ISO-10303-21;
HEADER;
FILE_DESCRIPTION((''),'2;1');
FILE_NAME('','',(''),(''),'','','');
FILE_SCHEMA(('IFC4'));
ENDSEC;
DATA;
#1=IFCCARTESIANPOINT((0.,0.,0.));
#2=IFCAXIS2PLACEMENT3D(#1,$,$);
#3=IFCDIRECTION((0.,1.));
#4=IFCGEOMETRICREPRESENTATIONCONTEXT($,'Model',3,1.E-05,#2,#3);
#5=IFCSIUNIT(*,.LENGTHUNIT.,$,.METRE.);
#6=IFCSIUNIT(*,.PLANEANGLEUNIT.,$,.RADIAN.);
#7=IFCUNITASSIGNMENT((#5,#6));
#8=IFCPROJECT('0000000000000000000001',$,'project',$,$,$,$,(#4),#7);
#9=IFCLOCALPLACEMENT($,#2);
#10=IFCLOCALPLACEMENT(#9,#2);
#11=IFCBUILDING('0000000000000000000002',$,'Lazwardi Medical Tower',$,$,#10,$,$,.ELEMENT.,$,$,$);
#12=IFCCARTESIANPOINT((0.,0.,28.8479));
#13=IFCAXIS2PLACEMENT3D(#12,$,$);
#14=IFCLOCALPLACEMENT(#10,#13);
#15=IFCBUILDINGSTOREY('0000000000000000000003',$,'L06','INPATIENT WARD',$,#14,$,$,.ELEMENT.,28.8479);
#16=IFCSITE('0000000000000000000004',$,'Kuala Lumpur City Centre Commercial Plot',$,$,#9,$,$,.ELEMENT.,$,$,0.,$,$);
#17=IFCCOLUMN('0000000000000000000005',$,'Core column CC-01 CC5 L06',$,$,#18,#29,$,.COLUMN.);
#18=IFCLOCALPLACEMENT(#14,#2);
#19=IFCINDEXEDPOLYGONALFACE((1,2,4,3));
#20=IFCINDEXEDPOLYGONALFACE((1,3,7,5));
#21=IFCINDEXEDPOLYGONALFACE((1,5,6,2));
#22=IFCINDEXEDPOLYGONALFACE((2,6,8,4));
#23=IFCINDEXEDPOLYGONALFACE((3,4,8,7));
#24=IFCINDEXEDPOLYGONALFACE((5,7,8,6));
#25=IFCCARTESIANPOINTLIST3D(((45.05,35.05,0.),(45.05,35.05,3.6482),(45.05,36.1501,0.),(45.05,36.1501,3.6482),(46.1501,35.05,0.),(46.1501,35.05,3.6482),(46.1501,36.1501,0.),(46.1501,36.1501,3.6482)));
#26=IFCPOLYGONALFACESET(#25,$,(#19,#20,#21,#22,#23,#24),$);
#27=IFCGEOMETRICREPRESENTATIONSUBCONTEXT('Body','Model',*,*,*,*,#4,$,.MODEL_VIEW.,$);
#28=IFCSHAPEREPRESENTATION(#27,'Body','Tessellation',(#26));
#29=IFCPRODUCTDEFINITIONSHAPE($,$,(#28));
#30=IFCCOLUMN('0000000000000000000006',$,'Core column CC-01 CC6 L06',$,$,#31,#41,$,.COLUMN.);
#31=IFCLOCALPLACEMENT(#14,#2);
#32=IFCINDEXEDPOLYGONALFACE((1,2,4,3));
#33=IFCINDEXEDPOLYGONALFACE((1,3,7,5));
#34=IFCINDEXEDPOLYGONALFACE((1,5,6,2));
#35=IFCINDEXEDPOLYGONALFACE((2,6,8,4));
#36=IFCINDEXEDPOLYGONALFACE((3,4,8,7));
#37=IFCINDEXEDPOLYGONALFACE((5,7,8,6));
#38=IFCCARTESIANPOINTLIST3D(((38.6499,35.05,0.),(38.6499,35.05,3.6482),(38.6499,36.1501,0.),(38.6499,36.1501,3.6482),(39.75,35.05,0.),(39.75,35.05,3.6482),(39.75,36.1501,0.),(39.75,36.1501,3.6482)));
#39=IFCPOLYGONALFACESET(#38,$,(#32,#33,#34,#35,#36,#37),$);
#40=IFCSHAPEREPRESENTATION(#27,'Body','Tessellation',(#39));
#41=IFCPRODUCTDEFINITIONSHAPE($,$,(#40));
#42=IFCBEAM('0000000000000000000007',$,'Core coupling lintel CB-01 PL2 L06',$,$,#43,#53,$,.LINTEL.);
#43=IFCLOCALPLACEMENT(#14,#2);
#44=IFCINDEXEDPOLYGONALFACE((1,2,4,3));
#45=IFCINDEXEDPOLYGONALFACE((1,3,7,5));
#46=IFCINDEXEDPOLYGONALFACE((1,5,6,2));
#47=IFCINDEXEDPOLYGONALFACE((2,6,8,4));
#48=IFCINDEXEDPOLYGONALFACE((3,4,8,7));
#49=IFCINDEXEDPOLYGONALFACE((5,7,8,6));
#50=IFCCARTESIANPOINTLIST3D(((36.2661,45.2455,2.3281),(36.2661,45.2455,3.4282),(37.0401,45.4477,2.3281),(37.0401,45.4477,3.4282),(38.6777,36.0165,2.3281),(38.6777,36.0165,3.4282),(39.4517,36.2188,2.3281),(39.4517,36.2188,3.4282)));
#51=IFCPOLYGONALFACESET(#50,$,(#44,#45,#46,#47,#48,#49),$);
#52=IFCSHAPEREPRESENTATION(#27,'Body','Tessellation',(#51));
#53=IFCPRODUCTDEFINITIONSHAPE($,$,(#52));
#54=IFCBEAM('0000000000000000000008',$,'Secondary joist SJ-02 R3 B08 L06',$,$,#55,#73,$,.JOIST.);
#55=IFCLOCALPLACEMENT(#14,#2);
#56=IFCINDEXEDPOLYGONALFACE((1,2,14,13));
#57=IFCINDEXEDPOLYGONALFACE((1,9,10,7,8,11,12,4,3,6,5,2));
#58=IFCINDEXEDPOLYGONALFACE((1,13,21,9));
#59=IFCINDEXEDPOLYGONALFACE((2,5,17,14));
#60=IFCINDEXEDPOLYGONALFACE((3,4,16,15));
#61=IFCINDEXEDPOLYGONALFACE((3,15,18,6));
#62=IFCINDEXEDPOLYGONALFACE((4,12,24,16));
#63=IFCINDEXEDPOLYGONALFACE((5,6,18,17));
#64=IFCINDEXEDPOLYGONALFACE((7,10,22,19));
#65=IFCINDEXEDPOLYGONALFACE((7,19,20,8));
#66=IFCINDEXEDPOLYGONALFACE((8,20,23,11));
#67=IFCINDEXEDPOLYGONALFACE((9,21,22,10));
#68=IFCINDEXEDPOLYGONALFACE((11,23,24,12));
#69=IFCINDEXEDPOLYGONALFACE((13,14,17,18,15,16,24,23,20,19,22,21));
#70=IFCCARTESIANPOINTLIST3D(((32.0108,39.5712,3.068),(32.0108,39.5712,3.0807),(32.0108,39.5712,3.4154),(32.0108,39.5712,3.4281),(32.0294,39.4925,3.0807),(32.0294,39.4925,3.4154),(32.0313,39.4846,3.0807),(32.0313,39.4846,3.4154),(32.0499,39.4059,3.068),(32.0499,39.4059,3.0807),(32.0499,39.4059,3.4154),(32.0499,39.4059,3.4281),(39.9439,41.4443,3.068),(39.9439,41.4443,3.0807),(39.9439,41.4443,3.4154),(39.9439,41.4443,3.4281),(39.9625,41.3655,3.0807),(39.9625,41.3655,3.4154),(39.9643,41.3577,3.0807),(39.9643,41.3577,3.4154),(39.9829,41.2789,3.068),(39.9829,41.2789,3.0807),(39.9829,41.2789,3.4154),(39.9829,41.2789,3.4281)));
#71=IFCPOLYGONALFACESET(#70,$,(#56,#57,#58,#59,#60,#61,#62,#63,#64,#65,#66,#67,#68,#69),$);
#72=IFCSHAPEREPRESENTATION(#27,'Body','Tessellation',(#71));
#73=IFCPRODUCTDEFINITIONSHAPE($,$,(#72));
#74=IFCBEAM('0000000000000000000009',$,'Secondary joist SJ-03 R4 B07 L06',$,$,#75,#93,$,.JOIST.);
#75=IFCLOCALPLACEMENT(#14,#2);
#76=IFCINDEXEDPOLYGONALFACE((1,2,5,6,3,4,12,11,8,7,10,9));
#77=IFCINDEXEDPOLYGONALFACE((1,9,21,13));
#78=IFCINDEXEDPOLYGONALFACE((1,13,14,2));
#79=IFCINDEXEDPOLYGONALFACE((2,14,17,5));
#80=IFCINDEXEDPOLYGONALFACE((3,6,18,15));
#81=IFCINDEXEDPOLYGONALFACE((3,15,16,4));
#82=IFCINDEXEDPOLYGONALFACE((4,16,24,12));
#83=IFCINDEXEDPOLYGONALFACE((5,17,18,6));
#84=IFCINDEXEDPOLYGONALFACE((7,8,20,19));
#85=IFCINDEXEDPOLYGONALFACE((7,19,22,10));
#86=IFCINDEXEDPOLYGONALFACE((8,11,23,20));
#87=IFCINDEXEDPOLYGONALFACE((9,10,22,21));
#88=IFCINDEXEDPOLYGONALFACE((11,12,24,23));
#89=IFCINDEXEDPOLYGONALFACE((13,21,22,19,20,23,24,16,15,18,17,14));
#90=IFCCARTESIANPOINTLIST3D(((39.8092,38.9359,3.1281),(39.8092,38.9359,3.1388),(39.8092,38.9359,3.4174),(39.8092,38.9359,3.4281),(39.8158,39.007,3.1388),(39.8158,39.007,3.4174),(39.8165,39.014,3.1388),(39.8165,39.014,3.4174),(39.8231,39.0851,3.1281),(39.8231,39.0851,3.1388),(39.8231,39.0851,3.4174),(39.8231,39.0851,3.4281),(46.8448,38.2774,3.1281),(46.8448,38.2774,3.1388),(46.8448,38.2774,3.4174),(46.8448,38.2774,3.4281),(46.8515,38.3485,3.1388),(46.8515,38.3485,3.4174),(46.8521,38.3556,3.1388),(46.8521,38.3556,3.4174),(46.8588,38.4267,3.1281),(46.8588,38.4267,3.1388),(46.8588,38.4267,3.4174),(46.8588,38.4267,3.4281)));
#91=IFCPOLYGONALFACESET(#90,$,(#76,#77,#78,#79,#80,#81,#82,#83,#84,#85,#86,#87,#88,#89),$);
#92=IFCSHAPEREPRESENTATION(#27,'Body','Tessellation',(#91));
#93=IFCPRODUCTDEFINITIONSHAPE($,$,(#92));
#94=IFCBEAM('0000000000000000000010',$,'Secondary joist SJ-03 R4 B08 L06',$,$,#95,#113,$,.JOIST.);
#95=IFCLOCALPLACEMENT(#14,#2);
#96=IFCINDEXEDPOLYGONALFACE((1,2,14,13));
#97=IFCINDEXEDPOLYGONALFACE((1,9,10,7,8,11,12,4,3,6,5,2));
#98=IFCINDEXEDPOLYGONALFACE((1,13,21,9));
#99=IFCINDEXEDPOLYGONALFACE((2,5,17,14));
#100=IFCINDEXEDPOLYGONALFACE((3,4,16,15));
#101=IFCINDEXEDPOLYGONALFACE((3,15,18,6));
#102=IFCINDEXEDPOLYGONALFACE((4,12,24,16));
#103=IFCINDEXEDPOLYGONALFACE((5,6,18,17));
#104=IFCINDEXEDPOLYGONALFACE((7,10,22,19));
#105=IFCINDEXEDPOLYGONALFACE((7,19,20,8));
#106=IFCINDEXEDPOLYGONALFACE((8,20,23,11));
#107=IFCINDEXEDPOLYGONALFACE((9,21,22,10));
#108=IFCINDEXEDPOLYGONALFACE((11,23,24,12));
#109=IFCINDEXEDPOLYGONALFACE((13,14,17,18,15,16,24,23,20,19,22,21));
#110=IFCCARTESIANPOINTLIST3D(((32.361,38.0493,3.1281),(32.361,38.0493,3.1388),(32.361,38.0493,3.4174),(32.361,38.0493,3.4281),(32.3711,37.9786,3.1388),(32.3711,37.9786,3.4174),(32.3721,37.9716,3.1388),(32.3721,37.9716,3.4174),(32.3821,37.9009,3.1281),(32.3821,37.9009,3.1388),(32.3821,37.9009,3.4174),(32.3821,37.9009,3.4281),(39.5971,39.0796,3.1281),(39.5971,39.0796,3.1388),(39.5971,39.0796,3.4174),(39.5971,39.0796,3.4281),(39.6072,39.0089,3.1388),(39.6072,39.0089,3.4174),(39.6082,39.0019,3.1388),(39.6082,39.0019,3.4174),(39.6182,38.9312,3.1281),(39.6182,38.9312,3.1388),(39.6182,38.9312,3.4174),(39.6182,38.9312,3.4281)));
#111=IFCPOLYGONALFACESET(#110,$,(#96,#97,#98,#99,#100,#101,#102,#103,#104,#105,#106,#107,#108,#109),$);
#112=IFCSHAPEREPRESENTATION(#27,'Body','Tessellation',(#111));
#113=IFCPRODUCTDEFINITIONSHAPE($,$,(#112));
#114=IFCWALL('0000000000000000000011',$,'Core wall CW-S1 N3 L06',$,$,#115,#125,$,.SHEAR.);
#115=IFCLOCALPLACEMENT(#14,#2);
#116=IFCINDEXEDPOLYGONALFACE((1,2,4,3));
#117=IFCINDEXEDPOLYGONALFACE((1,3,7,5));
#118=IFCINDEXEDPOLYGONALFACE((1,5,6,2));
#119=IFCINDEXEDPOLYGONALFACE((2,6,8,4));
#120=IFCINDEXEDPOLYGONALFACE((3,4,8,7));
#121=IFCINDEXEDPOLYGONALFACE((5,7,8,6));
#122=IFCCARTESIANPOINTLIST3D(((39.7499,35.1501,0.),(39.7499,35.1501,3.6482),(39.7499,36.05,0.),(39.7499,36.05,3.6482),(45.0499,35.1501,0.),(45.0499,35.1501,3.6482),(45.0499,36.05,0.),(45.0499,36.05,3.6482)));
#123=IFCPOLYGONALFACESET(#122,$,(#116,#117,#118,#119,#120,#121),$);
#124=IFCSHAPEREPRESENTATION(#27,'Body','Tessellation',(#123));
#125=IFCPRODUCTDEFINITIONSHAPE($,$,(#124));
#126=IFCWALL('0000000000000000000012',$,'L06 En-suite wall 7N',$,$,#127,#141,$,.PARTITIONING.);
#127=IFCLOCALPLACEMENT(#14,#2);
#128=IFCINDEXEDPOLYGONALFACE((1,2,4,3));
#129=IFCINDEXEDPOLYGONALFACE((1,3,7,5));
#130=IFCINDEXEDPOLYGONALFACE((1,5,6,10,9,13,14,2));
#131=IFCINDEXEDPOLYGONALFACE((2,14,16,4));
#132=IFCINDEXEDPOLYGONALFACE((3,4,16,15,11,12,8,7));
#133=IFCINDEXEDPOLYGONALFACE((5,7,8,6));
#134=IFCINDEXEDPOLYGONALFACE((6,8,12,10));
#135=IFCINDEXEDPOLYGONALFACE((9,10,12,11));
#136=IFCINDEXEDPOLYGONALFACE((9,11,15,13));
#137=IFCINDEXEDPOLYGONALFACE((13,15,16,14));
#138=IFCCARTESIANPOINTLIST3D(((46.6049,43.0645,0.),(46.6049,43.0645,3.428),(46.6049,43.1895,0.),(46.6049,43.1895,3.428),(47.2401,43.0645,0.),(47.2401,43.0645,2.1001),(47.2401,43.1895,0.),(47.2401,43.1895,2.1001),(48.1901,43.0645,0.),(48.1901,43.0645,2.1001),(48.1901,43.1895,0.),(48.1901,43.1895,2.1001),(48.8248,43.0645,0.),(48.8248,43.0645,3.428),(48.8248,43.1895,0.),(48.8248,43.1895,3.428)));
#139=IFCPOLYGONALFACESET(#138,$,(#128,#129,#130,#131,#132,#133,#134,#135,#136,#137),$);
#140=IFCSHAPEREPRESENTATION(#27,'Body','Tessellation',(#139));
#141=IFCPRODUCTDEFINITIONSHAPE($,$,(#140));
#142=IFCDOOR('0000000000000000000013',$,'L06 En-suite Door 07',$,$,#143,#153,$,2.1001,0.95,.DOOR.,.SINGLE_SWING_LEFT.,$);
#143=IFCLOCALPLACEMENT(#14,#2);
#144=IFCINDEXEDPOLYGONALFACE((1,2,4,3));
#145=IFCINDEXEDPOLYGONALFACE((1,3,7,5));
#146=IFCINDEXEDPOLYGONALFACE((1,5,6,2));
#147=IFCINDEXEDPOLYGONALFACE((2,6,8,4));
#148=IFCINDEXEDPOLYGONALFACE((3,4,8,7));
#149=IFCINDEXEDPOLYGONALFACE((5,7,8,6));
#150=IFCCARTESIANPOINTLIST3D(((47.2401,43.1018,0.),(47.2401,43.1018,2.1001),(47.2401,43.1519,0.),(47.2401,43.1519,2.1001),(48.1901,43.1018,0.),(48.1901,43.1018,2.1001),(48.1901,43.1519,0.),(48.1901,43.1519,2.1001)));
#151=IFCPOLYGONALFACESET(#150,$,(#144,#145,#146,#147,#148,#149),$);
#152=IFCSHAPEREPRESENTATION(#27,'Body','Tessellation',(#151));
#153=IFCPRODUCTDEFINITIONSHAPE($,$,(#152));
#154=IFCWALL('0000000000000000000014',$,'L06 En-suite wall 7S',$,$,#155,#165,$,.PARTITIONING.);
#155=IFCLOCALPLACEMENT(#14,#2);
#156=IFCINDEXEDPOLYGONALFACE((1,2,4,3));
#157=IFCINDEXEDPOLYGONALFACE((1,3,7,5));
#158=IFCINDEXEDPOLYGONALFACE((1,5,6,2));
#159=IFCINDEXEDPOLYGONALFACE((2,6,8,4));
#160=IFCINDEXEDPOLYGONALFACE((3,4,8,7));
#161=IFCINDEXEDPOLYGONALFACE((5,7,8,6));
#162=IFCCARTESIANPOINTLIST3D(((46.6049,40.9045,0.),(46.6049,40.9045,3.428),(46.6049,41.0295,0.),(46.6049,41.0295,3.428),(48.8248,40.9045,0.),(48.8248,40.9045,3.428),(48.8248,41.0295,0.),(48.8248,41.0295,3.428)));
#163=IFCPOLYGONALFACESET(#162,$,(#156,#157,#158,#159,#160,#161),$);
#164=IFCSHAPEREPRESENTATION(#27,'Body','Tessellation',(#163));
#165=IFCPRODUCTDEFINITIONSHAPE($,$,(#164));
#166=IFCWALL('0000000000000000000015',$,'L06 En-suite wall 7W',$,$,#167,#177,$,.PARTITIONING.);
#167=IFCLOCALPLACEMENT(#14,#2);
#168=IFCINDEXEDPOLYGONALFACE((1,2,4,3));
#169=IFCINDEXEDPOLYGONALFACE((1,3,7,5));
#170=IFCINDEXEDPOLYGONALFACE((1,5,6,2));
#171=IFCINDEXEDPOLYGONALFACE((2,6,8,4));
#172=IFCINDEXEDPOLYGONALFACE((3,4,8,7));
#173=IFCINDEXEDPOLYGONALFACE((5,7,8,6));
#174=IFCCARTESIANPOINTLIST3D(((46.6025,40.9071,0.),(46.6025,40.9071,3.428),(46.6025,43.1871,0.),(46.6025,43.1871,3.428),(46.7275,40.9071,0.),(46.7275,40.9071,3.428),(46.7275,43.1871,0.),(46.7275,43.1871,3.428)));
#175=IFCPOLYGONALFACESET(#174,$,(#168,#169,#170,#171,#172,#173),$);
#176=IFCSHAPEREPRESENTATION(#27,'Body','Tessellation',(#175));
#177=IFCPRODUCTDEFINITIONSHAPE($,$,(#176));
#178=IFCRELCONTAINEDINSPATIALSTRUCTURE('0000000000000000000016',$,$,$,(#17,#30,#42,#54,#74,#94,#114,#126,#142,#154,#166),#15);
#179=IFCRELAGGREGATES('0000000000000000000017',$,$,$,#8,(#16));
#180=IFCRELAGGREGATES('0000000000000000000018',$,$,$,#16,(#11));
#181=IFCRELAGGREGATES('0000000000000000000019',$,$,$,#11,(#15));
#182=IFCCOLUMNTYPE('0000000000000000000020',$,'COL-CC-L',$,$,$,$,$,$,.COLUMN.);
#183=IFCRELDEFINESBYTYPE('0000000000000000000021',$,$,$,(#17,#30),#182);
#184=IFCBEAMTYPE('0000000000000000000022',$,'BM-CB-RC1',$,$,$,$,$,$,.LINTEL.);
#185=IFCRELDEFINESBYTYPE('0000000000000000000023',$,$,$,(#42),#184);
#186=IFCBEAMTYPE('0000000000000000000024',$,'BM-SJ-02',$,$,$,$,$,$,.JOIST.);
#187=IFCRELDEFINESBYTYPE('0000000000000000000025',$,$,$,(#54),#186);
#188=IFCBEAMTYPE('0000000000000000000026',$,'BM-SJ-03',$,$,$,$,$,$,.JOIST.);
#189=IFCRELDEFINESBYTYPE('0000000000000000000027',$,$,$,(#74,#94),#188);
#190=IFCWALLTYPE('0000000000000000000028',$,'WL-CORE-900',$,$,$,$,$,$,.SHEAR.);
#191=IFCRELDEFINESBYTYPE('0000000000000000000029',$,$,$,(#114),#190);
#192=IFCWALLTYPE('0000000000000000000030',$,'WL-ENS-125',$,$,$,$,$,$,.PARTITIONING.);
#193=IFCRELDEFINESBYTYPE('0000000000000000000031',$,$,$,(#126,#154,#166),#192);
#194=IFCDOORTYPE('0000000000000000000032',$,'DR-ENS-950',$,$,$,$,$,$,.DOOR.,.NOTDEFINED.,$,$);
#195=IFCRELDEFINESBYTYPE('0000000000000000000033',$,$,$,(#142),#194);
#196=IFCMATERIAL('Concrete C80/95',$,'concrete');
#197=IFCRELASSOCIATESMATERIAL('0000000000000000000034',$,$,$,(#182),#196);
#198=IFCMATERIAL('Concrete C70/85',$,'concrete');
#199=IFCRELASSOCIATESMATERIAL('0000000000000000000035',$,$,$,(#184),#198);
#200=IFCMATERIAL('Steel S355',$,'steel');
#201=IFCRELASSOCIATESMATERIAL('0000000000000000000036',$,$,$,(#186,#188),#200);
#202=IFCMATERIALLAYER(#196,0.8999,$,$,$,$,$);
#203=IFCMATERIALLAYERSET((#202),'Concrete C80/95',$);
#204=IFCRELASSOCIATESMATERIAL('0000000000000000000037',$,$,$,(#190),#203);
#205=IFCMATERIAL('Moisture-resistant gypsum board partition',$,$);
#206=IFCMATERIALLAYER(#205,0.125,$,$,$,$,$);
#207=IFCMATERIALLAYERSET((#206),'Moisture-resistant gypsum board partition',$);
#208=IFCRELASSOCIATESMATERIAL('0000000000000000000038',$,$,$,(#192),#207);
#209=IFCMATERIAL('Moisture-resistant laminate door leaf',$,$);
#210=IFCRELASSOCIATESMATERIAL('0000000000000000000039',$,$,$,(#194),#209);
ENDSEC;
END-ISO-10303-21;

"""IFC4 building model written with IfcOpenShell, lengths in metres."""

from ifc_helpers import new_model, si_unit, direction, frame, frame_2d, origin, origin_2d, place, context, subcontext, project, spatial, rectangle, i_section, extrude, material, layer, layer_set, material_profile, profile_set, type_object, element, fill, save


model = new_model("IFC4")

# Units and contexts
model_context = context("Model", 3, precision=1e-05, world=origin(), true_north=direction((0.0, 1.0)))
body_context = subcontext(model_context, "Body", "Model", "MODEL_VIEW")
ifc_project = project(units=[si_unit("LENGTHUNIT", "METRE"), si_unit("PLANEANGLEUNIT", "RADIAN")], contexts=[model_context])

# Site, building, storey
site_placement = place(None, origin())
site = spatial("IfcSite", under=ifc_project, at=site_placement, Name="Kuala Lumpur City Centre Commercial Plot", CompositionType="ELEMENT", RefElevation=0.0)
building_placement = place(site_placement, origin())
building = spatial("IfcBuilding", under=site, at=building_placement, Name="Lazwardi Medical Tower", CompositionType="ELEMENT")
storey_placement = place(building_placement, frame((0.0, 0.0, 28.8479)))
storey = spatial("IfcBuildingStorey", under=building, at=storey_placement, Name="L06", Description="INPATIENT WARD", CompositionType="ELEMENT", Elevation=28.8479)

# Columns
ifc_material_1 = material(Name="Concrete C80/95", Category="concrete")
ifc_material_profile_1 = material_profile(ifc_material_1, rectangle(XDim=1.1001, YDim=1.1001, at=origin_2d()), Name="RC 1100x1100")
ifc_profile_set_1 = profile_set([ifc_material_profile_1], Name="Concrete C80/95")
column_type = type_object("IfcColumnType", Name="COL-CC-L", PredefinedType="COLUMN", material=ifc_profile_set_1)
for number, where, z_axis, x_axis, name in (
    (1, (45.6001, 35.6001, 0.0), (0.0, 0.0, 1.0), (1.0, 0.0, 0.0), "Core column CC-01 CC5 L06"),
    (2, (39.2, 35.6001, 0.0), (0.0, 0.0, 1.0), (1.0, 0.0, 0.0), "Core column CC-01 CC6 L06"),
):
    element("IfcColumn", number, at=place(storey_placement, frame(where, z_axis=z_axis, x_axis=x_axis)), inside=storey, type_object=column_type, Name=name, PredefinedType="COLUMN", context=body_context, shape_type="SweptSolid", body=[
        extrude(rectangle(XDim=1.1001, YDim=1.1001, at=origin_2d()), origin(), (0.0, 0.0, 1.0), 3.6482),
    ])

# Beams
ifc_material_2 = material(Name="Concrete C70/85", Category="concrete")
ifc_material_profile_2 = material_profile(ifc_material_2, rectangle(XDim=0.8, YDim=1.1001, at=origin_2d()), Name="RC 800x1100")
ifc_profile_set_2 = profile_set([ifc_material_profile_2], Name="Concrete C70/85")
beam_type_1 = type_object("IfcBeamType", Name="BM-CB-RC1", PredefinedType="LINTEL", material=ifc_profile_set_2)
beam_1_placement = place(storey_placement, frame((39.0647, 36.1177, 2.8782), z_axis=(-0.25282, 0.967513, 0.0), x_axis=(-0.967513, -0.25282, 0.0)))
element("IfcBeam", 3, at=beam_1_placement, inside=storey, type_object=beam_type_1, Name="Core coupling lintel CB-01 PL2 L06", PredefinedType="LINTEL", context=body_context, shape_type="SweptSolid", body=[
    extrude(rectangle(XDim=0.8, YDim=1.1001, at=origin_2d()), origin(), (0.0, 0.0, 1.0), 9.5388),
])
ifc_material_3 = material(Name="Steel S355", Category="steel")
ifc_material_profile_3 = material_profile(ifc_material_3, i_section(OverallWidth=0.1699, OverallDepth=0.3601, WebThickness=0.0081, FlangeThickness=0.0127, at=origin_2d()), Name="IPE 360")
ifc_profile_set_3 = profile_set([ifc_material_profile_3], Name="Steel S355")
beam_type_2 = type_object("IfcBeamType", Name="BM-SJ-02", PredefinedType="JOIST", material=ifc_profile_set_3)
beam_2_placement = place(storey_placement, frame((39.9634, 41.3616, 3.248), z_axis=(-0.973241, -0.229787, 0.0), x_axis=(0.229787, -0.973241, 0.0)))
element("IfcBeam", 4, at=beam_2_placement, inside=storey, type_object=beam_type_2, Name="Secondary joist SJ-02 R3 B08 L06", PredefinedType="JOIST", context=body_context, shape_type="SweptSolid", body=[
    extrude(i_section(OverallWidth=0.1699, OverallDepth=0.3601, WebThickness=0.0081, FlangeThickness=0.0127, at=origin_2d()), origin(), (0.0, 0.0, 1.0), 8.1511),
])
ifc_material_profile_4 = material_profile(ifc_material_3, i_section(OverallWidth=0.1499, OverallDepth=0.3, WebThickness=0.0071, FlangeThickness=0.0107, at=origin_2d()), Name="IPE 300")
ifc_profile_set_4 = profile_set([ifc_material_profile_4], Name="Steel S355")
beam_type_3 = type_object("IfcBeamType", Name="BM-SJ-03", PredefinedType="JOIST", material=ifc_profile_set_4)
beam_3_placement = place(storey_placement, frame((46.8518, 38.3521, 3.2781), z_axis=(-0.995649, 0.09318, 0.0), x_axis=(-0.09318, -0.995649, 0.0)))
element("IfcBeam", 5, at=beam_3_placement, inside=storey, type_object=beam_type_3, Name="Secondary joist SJ-03 R4 B07 L06", PredefinedType="JOIST", context=body_context, shape_type="SweptSolid", body=[
    extrude(i_section(OverallWidth=0.1499, OverallDepth=0.3, WebThickness=0.0071, FlangeThickness=0.0107, at=origin_2d()), origin(), (0.0, 0.0, 1.0), 7.0664),
])
beam_4_placement = place(storey_placement, frame((39.6077, 39.0054, 3.2781), z_axis=(-0.990016, -0.140958, 0.0), x_axis=(0.140958, -0.990016, 0.0)))
element("IfcBeam", 6, at=beam_4_placement, inside=storey, type_object=beam_type_3, Name="Secondary joist SJ-03 R4 B08 L06", PredefinedType="JOIST", context=body_context, shape_type="SweptSolid", body=[
    extrude(i_section(OverallWidth=0.1499, OverallDepth=0.3, WebThickness=0.0071, FlangeThickness=0.0107, at=origin_2d()), origin(), (0.0, 0.0, 1.0), 7.3091),
])

# Wall
ifc_layer_1 = layer(ifc_material_1, 0.8999)
ifc_layer_set_1 = layer_set([ifc_layer_1], Name="Concrete C80/95")
wall_type_1 = type_object("IfcWallType", Name="WL-CORE-900", PredefinedType="SHEAR", material=ifc_layer_set_1)
wall_1_placement = place(storey_placement, frame((39.75, 35.6001, 0.0), z_axis=(0.0, 0.0, 1.0), x_axis=(1.0, 0.0, 0.0)))
element("IfcWall", 7, at=wall_1_placement, inside=storey, type_object=wall_type_1, Name="Core wall CW-S1 N3 L06", PredefinedType="SHEAR", context=body_context, shape_type="SweptSolid", body=[
    extrude(rectangle(XDim=5.3, YDim=0.8999, at=frame_2d((2.6499, 0.0))), origin(), (0.0, 0.0, 1.0), 3.6482),
])

# Wall, opening, door
ifc_material_4 = material(Name="Moisture-resistant gypsum board partition")
ifc_layer_2 = layer(ifc_material_4, 0.125)
ifc_layer_set_2 = layer_set([ifc_layer_2], Name="Moisture-resistant gypsum board partition")
wall_type_2 = type_object("IfcWallType", Name="WL-ENS-125", PredefinedType="PARTITIONING", material=ifc_layer_set_2)
wall_2_placement = place(storey_placement, frame((46.605, 43.127, 0.0), z_axis=(0.0, 0.0, 1.0), x_axis=(1.0, 0.0, 0.0)))
wall_2 = element("IfcWall", 8, at=wall_2_placement, inside=storey, type_object=wall_type_2, Name="L06 En-suite wall 7N", PredefinedType="PARTITIONING", context=body_context, shape_type="SweptSolid", body=[
    extrude(rectangle(XDim=2.22, YDim=0.125, at=frame_2d((1.1099, 0.0))), origin(), (0.0, 0.0, 1.0), 3.428),
])
opening_1_placement = place(wall_2_placement, frame((0.635, 0.0, 0.0)))
opening_1 = element("IfcOpeningElement", 9, at=opening_1_placement, cuts=wall_2, PredefinedType="OPENING", context=body_context, shape_type="SweptSolid", body=[
    extrude(rectangle(XDim=0.95, YDim=2.1001, at=frame_2d((0.4751, 1.05))), frame((0.0, 0.0725, 0.0), z_axis=(0.0, -1.0, 0.0), x_axis=(1.0, 0.0, 0.0)), (0.0, 0.0, 1.0), 0.145),
])
ifc_material_5 = material(Name="Moisture-resistant laminate door leaf")
door_type_1 = type_object("IfcDoorType", Name="DR-ENS-950", OperationType="NOTDEFINED", PredefinedType="DOOR", material=ifc_material_5)
door_1_placement = place(opening_1_placement, origin())
door_1 = element("IfcDoor", 10, at=door_1_placement, inside=storey, type_object=door_type_1, Name="L06 En-suite Door 07", OperationType="SINGLE_SWING_LEFT", OverallHeight=2.1001, OverallWidth=0.95, PredefinedType="DOOR", context=body_context, shape_type="SweptSolid", body=[
    extrude(rectangle(XDim=0.95, YDim=2.1001, at=frame_2d((0.4751, 1.05))), frame((0.0, 0.0249, 0.0), z_axis=(0.0, -1.0, 0.0), x_axis=(1.0, 0.0, 0.0)), (0.0, 0.0, 1.0), 0.05),
])
fill(opening_1, door_1)

# Walls
wall_3_placement = place(storey_placement, frame((46.605, 40.967, 0.0), z_axis=(0.0, 0.0, 1.0), x_axis=(1.0, 0.0, 0.0)))
element("IfcWall", 11, at=wall_3_placement, inside=storey, type_object=wall_type_2, Name="L06 En-suite wall 7S", PredefinedType="PARTITIONING", context=body_context, shape_type="SweptSolid", body=[
    extrude(rectangle(XDim=2.22, YDim=0.125, at=frame_2d((1.1099, 0.0))), origin(), (0.0, 0.0, 1.0), 3.428),
])
wall_4_placement = place(storey_placement, frame((46.665, 40.907, 0.0), z_axis=(0.0, 0.0, 1.0), x_axis=(0.0, 1.0, 0.0)))
element("IfcWall", 12, at=wall_4_placement, inside=storey, type_object=wall_type_2, Name="L06 En-suite wall 7W", PredefinedType="PARTITIONING", context=body_context, shape_type="SweptSolid", body=[
    extrude(rectangle(XDim=2.28, YDim=0.125, at=frame_2d((1.1401, 0.0))), origin(), (0.0, 0.0, 1.0), 3.428),
])

save(model, "model.ifc")
